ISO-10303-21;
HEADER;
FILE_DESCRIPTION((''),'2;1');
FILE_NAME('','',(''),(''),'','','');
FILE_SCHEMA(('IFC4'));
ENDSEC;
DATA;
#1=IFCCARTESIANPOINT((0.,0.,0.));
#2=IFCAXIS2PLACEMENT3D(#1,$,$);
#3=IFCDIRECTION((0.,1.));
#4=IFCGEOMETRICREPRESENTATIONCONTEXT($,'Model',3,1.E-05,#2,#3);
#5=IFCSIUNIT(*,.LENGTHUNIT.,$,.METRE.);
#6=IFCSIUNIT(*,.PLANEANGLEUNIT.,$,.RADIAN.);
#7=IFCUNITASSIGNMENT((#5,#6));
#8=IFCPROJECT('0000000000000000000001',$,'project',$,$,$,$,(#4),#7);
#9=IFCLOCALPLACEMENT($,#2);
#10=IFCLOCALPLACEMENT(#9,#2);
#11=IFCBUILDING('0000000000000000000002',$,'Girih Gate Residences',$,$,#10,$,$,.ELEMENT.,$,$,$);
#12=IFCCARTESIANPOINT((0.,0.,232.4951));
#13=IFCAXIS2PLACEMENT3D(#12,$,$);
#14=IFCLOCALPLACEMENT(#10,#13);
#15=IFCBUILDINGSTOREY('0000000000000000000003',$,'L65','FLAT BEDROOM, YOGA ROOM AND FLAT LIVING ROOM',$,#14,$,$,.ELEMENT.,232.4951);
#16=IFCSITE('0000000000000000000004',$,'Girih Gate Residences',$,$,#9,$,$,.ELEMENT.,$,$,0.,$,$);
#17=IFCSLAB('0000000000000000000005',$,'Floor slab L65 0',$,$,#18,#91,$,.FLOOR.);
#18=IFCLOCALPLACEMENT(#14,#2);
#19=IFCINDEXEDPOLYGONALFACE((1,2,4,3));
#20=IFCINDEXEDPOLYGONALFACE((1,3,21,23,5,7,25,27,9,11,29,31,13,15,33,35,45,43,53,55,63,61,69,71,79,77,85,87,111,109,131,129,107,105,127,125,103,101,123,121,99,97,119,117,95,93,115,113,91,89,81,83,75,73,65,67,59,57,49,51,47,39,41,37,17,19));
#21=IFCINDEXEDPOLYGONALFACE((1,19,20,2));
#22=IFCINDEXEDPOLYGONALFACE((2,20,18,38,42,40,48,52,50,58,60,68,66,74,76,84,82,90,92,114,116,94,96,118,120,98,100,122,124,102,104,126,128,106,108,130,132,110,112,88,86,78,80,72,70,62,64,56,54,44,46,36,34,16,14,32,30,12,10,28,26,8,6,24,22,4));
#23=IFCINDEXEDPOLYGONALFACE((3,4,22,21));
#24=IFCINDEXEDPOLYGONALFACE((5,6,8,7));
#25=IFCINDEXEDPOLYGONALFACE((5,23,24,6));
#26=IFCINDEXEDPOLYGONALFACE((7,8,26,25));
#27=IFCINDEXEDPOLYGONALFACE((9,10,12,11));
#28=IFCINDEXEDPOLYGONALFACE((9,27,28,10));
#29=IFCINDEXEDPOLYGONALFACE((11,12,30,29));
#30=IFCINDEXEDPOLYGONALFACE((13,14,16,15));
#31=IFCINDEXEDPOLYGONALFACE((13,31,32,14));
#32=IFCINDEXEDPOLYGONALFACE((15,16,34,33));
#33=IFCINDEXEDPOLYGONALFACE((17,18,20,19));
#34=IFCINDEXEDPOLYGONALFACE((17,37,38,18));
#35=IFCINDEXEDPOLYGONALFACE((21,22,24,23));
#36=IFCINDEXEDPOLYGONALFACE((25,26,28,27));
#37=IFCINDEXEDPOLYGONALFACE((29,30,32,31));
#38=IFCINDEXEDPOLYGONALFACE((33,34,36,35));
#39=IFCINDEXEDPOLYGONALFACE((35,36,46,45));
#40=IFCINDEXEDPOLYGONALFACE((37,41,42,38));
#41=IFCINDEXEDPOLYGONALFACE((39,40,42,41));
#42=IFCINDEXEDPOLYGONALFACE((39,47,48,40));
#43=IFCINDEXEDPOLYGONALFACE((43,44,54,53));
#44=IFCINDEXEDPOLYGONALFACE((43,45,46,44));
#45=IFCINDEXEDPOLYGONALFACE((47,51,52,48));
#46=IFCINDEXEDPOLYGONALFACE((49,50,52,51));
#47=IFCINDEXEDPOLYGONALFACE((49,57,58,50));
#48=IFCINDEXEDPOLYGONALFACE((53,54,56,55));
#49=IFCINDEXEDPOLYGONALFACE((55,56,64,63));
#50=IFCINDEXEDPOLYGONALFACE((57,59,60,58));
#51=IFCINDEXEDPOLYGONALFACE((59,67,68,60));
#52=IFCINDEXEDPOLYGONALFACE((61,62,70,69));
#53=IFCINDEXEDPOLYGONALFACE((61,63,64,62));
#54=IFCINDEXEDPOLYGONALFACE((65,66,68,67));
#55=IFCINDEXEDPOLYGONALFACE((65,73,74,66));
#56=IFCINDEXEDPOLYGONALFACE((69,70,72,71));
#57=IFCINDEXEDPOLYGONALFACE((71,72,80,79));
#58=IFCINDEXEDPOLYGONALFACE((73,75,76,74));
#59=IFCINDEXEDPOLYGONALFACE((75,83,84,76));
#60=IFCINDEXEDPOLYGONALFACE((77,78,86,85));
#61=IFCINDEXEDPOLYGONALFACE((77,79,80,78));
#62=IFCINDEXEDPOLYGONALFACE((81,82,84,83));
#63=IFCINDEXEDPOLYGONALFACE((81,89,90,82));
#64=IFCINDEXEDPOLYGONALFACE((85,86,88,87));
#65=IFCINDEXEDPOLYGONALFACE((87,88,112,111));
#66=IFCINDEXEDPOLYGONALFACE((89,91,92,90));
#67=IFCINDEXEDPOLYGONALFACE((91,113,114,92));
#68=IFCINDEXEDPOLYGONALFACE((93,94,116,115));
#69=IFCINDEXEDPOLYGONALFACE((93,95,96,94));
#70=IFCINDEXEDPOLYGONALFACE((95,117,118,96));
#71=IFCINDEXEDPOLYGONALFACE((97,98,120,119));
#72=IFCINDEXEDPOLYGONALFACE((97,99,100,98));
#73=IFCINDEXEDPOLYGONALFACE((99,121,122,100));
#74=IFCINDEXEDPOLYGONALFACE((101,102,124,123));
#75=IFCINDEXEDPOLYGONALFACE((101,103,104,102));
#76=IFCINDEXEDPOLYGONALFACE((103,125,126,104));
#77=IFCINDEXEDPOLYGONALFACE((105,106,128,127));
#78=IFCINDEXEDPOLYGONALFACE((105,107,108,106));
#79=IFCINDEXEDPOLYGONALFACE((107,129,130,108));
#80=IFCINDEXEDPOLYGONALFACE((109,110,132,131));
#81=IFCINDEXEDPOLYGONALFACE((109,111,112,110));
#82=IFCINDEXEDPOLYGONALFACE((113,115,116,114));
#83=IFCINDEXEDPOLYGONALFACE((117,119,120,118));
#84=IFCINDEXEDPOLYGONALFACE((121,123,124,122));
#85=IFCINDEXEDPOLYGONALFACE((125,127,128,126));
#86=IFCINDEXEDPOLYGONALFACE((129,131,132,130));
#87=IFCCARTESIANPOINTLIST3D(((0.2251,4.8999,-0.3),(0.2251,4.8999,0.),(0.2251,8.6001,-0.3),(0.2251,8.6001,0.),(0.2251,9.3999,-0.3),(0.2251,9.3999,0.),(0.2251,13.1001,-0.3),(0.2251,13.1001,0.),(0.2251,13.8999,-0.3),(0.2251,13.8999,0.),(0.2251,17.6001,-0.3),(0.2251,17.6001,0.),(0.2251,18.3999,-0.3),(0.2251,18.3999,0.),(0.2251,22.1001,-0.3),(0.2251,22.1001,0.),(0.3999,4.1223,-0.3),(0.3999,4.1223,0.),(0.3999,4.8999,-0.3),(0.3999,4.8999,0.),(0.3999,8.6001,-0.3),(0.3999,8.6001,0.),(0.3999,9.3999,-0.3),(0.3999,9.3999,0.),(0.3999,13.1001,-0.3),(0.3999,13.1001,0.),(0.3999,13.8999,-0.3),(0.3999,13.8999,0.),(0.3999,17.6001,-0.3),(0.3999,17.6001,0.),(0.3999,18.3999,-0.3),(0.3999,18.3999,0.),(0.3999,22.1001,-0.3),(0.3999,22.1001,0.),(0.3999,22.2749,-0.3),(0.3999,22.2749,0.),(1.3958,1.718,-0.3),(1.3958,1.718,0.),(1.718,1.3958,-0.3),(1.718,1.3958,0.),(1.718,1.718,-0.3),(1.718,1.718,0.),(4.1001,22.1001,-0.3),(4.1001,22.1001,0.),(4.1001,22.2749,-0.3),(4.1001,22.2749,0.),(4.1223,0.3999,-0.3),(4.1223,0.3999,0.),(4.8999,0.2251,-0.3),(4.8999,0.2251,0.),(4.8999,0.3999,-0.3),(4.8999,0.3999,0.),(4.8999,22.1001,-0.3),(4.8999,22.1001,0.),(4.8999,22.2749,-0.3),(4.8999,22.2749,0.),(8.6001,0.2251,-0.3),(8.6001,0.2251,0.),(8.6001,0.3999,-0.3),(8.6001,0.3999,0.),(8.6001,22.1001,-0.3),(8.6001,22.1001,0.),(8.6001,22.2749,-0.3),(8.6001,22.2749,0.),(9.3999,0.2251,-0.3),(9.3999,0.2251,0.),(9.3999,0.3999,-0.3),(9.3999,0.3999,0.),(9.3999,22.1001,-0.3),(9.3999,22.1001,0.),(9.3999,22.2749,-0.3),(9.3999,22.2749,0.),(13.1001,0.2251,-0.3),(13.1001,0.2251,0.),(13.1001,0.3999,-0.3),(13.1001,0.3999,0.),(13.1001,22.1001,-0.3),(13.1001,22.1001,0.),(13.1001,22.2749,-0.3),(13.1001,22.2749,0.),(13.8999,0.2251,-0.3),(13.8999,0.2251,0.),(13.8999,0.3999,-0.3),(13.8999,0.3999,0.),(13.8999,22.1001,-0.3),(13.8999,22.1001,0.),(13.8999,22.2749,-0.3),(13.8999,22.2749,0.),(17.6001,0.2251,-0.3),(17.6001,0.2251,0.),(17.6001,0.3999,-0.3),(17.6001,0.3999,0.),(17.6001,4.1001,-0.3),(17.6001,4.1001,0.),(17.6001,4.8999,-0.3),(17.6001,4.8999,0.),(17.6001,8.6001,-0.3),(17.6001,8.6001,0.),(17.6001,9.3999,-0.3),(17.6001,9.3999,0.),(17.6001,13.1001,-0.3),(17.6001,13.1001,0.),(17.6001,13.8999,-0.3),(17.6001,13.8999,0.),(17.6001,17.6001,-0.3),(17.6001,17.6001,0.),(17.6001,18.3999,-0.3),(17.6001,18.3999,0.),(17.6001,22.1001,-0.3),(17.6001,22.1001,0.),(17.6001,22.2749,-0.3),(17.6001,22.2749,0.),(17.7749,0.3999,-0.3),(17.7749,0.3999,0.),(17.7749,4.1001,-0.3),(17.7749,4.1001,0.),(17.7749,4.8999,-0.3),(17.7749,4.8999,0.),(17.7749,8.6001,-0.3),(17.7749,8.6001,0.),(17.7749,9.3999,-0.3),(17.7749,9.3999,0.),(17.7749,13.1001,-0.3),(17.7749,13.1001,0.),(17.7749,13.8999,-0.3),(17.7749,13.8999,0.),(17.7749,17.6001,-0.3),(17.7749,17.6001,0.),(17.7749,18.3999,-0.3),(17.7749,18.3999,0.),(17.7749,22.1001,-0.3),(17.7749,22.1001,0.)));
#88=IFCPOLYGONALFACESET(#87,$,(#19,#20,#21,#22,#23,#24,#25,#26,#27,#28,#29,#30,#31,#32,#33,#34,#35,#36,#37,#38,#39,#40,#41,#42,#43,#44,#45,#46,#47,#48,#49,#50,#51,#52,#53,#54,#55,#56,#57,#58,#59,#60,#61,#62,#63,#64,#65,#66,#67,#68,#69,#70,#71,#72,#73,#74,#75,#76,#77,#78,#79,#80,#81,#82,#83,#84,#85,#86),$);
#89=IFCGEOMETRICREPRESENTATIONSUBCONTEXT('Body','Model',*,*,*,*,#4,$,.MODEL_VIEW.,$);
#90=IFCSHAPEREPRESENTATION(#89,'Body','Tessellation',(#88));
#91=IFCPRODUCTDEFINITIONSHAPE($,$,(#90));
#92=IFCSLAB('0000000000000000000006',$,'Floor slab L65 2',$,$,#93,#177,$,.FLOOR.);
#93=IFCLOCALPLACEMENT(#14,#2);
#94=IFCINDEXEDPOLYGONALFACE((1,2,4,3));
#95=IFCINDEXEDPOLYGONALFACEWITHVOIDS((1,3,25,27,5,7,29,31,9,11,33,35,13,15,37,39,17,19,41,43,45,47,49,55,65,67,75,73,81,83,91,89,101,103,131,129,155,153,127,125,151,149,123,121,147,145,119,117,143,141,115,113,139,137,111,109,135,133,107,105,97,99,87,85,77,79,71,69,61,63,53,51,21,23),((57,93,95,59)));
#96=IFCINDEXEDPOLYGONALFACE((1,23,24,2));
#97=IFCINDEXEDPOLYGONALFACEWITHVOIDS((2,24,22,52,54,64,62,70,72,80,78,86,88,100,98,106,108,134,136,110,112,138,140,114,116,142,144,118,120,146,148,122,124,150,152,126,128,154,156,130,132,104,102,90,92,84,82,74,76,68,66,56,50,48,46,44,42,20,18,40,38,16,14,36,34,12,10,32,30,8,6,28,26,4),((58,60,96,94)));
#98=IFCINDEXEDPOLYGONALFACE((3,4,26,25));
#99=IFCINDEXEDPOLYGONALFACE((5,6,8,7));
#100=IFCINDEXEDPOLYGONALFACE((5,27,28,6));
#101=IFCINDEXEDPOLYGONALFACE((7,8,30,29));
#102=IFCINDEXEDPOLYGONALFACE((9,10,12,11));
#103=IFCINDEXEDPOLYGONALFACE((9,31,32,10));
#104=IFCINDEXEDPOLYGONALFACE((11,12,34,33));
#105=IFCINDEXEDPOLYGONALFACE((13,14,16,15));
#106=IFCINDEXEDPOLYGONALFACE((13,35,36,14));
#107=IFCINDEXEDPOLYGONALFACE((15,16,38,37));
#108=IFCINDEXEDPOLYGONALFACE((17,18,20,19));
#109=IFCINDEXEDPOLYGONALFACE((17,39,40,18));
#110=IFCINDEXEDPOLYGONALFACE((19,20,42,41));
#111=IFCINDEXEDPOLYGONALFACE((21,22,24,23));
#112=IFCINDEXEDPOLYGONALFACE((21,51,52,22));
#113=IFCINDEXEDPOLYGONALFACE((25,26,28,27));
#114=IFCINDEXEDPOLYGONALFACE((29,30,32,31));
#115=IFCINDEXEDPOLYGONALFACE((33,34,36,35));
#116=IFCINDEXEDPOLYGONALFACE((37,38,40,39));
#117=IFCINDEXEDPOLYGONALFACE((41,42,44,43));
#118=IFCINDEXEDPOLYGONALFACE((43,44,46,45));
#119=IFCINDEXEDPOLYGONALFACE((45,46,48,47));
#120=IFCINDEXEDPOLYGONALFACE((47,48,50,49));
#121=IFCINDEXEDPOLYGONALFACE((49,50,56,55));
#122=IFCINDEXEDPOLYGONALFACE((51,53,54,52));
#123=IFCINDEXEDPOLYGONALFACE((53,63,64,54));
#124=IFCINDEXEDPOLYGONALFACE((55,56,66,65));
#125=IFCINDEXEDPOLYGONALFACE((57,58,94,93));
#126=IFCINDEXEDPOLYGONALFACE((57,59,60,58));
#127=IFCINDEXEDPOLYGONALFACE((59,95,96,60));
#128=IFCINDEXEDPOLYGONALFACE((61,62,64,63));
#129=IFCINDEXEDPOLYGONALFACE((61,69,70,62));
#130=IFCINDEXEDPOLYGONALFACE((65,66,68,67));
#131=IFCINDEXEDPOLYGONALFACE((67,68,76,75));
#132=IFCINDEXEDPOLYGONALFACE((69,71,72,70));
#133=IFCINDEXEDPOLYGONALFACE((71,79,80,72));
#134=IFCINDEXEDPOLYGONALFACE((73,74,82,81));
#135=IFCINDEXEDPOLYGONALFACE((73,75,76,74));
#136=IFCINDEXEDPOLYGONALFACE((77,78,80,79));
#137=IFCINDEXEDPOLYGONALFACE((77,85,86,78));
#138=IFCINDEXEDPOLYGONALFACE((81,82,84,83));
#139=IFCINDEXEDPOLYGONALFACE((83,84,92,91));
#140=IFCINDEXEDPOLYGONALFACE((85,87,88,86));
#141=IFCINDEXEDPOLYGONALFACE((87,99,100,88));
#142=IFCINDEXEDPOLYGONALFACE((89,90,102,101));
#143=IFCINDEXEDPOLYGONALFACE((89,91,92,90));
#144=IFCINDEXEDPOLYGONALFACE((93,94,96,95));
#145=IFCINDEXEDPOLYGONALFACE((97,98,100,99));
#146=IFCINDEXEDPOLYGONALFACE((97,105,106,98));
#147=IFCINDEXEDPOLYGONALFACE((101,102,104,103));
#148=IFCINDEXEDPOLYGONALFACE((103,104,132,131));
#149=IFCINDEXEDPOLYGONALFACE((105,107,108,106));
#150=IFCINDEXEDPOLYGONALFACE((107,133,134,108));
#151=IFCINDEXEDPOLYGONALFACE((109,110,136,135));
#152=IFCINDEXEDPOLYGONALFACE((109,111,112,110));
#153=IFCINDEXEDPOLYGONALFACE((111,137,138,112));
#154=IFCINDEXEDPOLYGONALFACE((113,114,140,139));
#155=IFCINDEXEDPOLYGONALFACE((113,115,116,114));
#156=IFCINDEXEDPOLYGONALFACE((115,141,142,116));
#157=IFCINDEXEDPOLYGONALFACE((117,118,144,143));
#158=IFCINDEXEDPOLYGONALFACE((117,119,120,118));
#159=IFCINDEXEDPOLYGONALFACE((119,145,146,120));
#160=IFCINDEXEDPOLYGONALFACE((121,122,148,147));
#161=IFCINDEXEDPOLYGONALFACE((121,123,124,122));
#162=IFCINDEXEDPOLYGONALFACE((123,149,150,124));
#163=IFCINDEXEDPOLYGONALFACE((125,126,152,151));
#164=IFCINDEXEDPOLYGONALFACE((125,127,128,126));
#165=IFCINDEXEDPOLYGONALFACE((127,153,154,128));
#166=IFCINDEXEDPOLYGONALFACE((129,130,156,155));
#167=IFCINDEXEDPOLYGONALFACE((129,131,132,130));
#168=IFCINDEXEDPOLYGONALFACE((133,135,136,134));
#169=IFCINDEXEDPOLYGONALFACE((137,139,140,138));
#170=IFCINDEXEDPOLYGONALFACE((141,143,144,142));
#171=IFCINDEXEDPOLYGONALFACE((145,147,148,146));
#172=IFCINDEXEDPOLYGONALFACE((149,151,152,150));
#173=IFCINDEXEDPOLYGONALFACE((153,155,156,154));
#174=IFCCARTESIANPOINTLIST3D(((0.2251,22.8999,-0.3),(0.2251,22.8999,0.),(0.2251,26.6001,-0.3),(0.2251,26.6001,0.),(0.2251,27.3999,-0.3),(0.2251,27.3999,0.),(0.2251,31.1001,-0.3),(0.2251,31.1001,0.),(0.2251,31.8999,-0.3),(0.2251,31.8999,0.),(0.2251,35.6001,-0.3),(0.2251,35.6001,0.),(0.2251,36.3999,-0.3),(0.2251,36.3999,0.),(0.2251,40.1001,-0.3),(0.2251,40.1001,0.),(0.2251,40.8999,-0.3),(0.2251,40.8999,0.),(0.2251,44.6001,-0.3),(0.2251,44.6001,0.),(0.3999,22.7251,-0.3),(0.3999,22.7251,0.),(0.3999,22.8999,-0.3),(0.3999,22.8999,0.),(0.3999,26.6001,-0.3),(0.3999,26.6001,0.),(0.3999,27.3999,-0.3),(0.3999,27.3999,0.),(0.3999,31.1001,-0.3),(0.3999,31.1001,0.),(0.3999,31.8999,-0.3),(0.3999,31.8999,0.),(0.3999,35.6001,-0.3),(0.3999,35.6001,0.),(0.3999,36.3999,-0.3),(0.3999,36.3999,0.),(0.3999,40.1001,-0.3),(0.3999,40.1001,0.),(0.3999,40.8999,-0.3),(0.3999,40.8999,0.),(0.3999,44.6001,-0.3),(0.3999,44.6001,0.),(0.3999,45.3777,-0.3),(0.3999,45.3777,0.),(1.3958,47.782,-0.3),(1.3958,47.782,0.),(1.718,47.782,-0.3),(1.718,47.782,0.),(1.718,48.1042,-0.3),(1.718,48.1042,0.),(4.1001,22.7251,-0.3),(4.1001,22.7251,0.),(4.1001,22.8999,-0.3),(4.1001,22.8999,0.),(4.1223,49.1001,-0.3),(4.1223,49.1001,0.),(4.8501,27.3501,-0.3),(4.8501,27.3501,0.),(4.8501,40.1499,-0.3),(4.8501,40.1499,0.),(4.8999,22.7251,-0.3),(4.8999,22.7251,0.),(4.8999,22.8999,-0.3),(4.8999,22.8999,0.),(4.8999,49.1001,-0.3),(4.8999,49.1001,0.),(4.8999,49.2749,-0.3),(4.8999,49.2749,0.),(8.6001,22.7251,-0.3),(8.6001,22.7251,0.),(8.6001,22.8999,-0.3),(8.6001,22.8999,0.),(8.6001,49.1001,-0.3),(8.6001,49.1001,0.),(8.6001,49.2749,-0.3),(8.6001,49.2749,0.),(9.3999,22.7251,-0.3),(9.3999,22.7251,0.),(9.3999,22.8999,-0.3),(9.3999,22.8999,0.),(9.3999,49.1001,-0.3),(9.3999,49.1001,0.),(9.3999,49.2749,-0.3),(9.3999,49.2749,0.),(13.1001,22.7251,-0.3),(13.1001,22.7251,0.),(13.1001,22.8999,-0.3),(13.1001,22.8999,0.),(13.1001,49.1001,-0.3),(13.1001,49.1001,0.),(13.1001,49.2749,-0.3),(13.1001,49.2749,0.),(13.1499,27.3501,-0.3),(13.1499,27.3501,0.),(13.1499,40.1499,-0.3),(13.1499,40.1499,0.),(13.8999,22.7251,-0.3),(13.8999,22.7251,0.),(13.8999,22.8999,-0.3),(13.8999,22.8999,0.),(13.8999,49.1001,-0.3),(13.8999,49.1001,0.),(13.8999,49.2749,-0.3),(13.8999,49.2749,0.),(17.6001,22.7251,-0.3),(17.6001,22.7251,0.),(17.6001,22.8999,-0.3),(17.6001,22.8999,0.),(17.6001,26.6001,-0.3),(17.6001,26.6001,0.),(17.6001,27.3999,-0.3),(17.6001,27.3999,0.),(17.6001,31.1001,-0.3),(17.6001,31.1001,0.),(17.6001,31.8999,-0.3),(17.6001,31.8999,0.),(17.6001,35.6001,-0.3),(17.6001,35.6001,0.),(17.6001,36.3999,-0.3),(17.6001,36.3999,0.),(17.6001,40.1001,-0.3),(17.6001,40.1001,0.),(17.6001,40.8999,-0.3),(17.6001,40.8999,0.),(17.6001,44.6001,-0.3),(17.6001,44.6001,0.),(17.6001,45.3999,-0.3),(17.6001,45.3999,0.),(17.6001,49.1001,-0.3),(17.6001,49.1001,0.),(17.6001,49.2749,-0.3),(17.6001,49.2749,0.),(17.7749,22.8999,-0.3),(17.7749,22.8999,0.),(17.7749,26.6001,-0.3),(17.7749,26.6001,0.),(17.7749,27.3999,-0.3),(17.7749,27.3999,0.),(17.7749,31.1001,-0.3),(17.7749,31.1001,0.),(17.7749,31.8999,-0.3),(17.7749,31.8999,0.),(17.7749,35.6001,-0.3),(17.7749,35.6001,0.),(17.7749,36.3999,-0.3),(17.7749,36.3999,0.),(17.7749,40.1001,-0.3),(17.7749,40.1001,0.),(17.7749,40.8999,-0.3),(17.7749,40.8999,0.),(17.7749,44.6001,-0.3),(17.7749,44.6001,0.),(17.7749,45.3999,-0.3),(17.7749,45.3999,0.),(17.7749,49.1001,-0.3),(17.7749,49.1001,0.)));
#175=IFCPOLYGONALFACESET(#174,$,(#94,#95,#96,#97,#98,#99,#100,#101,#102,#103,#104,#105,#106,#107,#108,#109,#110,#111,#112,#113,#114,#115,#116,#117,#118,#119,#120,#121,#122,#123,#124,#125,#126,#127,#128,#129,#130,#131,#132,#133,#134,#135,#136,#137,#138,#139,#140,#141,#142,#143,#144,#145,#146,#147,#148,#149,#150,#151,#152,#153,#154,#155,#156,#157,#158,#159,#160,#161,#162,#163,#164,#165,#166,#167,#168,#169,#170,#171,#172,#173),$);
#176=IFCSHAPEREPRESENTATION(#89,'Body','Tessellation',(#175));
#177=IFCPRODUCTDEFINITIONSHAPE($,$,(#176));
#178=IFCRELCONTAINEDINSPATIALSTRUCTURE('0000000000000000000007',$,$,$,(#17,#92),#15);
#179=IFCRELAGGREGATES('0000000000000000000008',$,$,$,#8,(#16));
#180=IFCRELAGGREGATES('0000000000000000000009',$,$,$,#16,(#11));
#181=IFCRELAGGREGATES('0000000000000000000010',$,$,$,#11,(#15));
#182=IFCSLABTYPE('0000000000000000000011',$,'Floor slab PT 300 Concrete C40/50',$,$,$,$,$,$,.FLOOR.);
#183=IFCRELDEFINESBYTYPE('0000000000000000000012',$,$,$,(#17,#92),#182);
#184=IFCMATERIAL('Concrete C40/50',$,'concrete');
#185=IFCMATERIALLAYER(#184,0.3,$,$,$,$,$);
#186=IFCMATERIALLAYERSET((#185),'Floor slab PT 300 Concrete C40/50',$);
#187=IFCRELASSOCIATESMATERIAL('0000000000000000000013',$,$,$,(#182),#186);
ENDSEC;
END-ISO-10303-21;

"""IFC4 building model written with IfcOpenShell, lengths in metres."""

from ifc_helpers import new_model, si_unit, direction, frame, origin, place, context, subcontext, project, spatial, polyline, outline, extrude, material, layer, layer_set, type_object, element, save


model = new_model("IFC4")

# Units and contexts
model_context = context("Model", 3, precision=1e-05, world=origin(), true_north=direction((0.0, 1.0)))
body_context = subcontext(model_context, "Body", "Model", "MODEL_VIEW")
ifc_project = project(units=[si_unit("LENGTHUNIT", "METRE"), si_unit("PLANEANGLEUNIT", "RADIAN")], contexts=[model_context])

# Site, building, storey
site_placement = place(None, origin())
site = spatial("IfcSite", under=ifc_project, at=site_placement, Name="Girih Gate Residences", CompositionType="ELEMENT", RefElevation=0.0)
building_placement = place(site_placement, origin())
building = spatial("IfcBuilding", under=site, at=building_placement, Name="Girih Gate Residences", CompositionType="ELEMENT")
storey_placement = place(building_placement, frame((0.0, 0.0, 232.4951)))
storey = spatial("IfcBuildingStorey", under=building, at=storey_placement, Name="L65", Description="FLAT BEDROOM, YOGA ROOM AND FLAT LIVING ROOM", CompositionType="ELEMENT", Elevation=232.4951)

# Slabs
ifc_material_1 = material(Name="Concrete C40/50", Category="concrete")
ifc_layer_1 = layer(ifc_material_1, 0.3)
ifc_layer_set_1 = layer_set([ifc_layer_1], Name="Floor slab PT 300 Concrete C40/50")
slab_type_1 = type_object("IfcSlabType", Name="Floor slab PT 300 Concrete C40/50", PredefinedType="FLOOR", material=ifc_layer_set_1)
slab_1_placement = place(storey_placement, frame((0.0, 0.0, -0.3)))
element("IfcSlab", 1, at=slab_1_placement, inside=storey, type_object=slab_type_1, Name="Floor slab L65 0", PredefinedType="FLOOR", context=body_context, shape_type="SweptSolid", body=[
    extrude(outline(polyline([(13.8999, 0.2251), (17.6001, 0.2251), (17.6001, 0.3999), (17.7749, 0.3999), (17.7749, 4.1001), (17.6001, 4.1001), (17.6001, 4.8999), (17.7749, 4.8999), (17.7749, 8.6001), (17.6001, 8.6001), (17.6001, 9.3999), (17.7749, 9.3999), (17.7749, 13.1001), (17.6001, 13.1001), (17.6001, 13.8999), (17.7749, 13.8999), (17.7749, 17.6001), (17.6001, 17.6001), (17.6001, 18.3999), (17.7749, 18.3999), (17.7749, 22.1001), (17.6001, 22.1001), (17.6001, 22.2749), (13.8999, 22.2749), (13.8999, 22.1001), (13.1001, 22.1001), (13.1001, 22.2749), (9.3999, 22.2749), (9.3999, 22.1001), (8.6001, 22.1001), (8.6001, 22.2749), (4.8999, 22.2749), (4.8999, 22.1001), (4.1001, 22.1001), (4.1001, 22.2749), (0.3999, 22.2749), (0.3999, 22.1001), (0.2251, 22.1001), (0.2251, 18.3999), (0.3999, 18.3999), (0.3999, 17.6001), (0.2251, 17.6001), (0.2251, 13.8999), (0.3999, 13.8999), (0.3999, 13.1001), (0.2251, 13.1001), (0.2251, 9.3999), (0.3999, 9.3999), (0.3999, 8.6001), (0.2251, 8.6001), (0.2251, 4.8999), (0.3999, 4.8999), (0.3999, 4.1223), (1.3958, 1.718), (1.718, 1.718), (1.718, 1.3958), (4.1223, 0.3999), (4.8999, 0.3999), (4.8999, 0.2251), (8.6001, 0.2251), (8.6001, 0.3999), (9.3999, 0.3999), (9.3999, 0.2251), (13.1001, 0.2251), (13.1001, 0.3999), (13.8999, 0.3999), (13.8999, 0.2251)])), origin(), (0.0, 0.0, 1.0), 0.3),
])
slab_2_placement = place(storey_placement, frame((0.0, 0.0, -0.3)))
element("IfcSlab", 2, at=slab_2_placement, inside=storey, type_object=slab_type_1, Name="Floor slab L65 2", PredefinedType="FLOOR", context=body_context, shape_type="SweptSolid", body=[
    extrude(outline(polyline([(0.2251, 26.6001), (0.2251, 22.8999), (0.3999, 22.8999), (0.3999, 22.7251), (4.1001, 22.7251), (4.1001, 22.8999), (4.8999, 22.8999), (4.8999, 22.7251), (8.6001, 22.7251), (8.6001, 22.8999), (9.3999, 22.8999), (9.3999, 22.7251), (13.1001, 22.7251), (13.1001, 22.8999), (13.8999, 22.8999), (13.8999, 22.7251), (17.6001, 22.7251), (17.6001, 22.8999), (17.7749, 22.8999), (17.7749, 26.6001), (17.6001, 26.6001), (17.6001, 27.3999), (17.7749, 27.3999), (17.7749, 31.1001), (17.6001, 31.1001), (17.6001, 31.8999), (17.7749, 31.8999), (17.7749, 35.6001), (17.6001, 35.6001), (17.6001, 36.3999), (17.7749, 36.3999), (17.7749, 40.1001), (17.6001, 40.1001), (17.6001, 40.8999), (17.7749, 40.8999), (17.7749, 44.6001), (17.6001, 44.6001), (17.6001, 45.3999), (17.7749, 45.3999), (17.7749, 49.1001), (17.6001, 49.1001), (17.6001, 49.2749), (13.8999, 49.2749), (13.8999, 49.1001), (13.1001, 49.1001), (13.1001, 49.2749), (9.3999, 49.2749), (9.3999, 49.1001), (8.6001, 49.1001), (8.6001, 49.2749), (4.8999, 49.2749), (4.8999, 49.1001), (4.1223, 49.1001), (1.718, 48.1042), (1.718, 47.782), (1.3958, 47.782), (0.3999, 45.3777), (0.3999, 44.6001), (0.2251, 44.6001), (0.2251, 40.8999), (0.3999, 40.8999), (0.3999, 40.1001), (0.2251, 40.1001), (0.2251, 36.3999), (0.3999, 36.3999), (0.3999, 35.6001), (0.2251, 35.6001), (0.2251, 31.8999), (0.3999, 31.8999), (0.3999, 31.1001), (0.2251, 31.1001), (0.2251, 27.3999), (0.3999, 27.3999), (0.3999, 26.6001), (0.2251, 26.6001)]), holes=[polyline([(13.1499, 40.1499), (13.1499, 27.3501), (4.8501, 27.3501), (4.8501, 40.1499), (13.1499, 40.1499)])]), origin(), (0.0, 0.0, 1.0), 0.3),
])

save(model, "model.ifc")
